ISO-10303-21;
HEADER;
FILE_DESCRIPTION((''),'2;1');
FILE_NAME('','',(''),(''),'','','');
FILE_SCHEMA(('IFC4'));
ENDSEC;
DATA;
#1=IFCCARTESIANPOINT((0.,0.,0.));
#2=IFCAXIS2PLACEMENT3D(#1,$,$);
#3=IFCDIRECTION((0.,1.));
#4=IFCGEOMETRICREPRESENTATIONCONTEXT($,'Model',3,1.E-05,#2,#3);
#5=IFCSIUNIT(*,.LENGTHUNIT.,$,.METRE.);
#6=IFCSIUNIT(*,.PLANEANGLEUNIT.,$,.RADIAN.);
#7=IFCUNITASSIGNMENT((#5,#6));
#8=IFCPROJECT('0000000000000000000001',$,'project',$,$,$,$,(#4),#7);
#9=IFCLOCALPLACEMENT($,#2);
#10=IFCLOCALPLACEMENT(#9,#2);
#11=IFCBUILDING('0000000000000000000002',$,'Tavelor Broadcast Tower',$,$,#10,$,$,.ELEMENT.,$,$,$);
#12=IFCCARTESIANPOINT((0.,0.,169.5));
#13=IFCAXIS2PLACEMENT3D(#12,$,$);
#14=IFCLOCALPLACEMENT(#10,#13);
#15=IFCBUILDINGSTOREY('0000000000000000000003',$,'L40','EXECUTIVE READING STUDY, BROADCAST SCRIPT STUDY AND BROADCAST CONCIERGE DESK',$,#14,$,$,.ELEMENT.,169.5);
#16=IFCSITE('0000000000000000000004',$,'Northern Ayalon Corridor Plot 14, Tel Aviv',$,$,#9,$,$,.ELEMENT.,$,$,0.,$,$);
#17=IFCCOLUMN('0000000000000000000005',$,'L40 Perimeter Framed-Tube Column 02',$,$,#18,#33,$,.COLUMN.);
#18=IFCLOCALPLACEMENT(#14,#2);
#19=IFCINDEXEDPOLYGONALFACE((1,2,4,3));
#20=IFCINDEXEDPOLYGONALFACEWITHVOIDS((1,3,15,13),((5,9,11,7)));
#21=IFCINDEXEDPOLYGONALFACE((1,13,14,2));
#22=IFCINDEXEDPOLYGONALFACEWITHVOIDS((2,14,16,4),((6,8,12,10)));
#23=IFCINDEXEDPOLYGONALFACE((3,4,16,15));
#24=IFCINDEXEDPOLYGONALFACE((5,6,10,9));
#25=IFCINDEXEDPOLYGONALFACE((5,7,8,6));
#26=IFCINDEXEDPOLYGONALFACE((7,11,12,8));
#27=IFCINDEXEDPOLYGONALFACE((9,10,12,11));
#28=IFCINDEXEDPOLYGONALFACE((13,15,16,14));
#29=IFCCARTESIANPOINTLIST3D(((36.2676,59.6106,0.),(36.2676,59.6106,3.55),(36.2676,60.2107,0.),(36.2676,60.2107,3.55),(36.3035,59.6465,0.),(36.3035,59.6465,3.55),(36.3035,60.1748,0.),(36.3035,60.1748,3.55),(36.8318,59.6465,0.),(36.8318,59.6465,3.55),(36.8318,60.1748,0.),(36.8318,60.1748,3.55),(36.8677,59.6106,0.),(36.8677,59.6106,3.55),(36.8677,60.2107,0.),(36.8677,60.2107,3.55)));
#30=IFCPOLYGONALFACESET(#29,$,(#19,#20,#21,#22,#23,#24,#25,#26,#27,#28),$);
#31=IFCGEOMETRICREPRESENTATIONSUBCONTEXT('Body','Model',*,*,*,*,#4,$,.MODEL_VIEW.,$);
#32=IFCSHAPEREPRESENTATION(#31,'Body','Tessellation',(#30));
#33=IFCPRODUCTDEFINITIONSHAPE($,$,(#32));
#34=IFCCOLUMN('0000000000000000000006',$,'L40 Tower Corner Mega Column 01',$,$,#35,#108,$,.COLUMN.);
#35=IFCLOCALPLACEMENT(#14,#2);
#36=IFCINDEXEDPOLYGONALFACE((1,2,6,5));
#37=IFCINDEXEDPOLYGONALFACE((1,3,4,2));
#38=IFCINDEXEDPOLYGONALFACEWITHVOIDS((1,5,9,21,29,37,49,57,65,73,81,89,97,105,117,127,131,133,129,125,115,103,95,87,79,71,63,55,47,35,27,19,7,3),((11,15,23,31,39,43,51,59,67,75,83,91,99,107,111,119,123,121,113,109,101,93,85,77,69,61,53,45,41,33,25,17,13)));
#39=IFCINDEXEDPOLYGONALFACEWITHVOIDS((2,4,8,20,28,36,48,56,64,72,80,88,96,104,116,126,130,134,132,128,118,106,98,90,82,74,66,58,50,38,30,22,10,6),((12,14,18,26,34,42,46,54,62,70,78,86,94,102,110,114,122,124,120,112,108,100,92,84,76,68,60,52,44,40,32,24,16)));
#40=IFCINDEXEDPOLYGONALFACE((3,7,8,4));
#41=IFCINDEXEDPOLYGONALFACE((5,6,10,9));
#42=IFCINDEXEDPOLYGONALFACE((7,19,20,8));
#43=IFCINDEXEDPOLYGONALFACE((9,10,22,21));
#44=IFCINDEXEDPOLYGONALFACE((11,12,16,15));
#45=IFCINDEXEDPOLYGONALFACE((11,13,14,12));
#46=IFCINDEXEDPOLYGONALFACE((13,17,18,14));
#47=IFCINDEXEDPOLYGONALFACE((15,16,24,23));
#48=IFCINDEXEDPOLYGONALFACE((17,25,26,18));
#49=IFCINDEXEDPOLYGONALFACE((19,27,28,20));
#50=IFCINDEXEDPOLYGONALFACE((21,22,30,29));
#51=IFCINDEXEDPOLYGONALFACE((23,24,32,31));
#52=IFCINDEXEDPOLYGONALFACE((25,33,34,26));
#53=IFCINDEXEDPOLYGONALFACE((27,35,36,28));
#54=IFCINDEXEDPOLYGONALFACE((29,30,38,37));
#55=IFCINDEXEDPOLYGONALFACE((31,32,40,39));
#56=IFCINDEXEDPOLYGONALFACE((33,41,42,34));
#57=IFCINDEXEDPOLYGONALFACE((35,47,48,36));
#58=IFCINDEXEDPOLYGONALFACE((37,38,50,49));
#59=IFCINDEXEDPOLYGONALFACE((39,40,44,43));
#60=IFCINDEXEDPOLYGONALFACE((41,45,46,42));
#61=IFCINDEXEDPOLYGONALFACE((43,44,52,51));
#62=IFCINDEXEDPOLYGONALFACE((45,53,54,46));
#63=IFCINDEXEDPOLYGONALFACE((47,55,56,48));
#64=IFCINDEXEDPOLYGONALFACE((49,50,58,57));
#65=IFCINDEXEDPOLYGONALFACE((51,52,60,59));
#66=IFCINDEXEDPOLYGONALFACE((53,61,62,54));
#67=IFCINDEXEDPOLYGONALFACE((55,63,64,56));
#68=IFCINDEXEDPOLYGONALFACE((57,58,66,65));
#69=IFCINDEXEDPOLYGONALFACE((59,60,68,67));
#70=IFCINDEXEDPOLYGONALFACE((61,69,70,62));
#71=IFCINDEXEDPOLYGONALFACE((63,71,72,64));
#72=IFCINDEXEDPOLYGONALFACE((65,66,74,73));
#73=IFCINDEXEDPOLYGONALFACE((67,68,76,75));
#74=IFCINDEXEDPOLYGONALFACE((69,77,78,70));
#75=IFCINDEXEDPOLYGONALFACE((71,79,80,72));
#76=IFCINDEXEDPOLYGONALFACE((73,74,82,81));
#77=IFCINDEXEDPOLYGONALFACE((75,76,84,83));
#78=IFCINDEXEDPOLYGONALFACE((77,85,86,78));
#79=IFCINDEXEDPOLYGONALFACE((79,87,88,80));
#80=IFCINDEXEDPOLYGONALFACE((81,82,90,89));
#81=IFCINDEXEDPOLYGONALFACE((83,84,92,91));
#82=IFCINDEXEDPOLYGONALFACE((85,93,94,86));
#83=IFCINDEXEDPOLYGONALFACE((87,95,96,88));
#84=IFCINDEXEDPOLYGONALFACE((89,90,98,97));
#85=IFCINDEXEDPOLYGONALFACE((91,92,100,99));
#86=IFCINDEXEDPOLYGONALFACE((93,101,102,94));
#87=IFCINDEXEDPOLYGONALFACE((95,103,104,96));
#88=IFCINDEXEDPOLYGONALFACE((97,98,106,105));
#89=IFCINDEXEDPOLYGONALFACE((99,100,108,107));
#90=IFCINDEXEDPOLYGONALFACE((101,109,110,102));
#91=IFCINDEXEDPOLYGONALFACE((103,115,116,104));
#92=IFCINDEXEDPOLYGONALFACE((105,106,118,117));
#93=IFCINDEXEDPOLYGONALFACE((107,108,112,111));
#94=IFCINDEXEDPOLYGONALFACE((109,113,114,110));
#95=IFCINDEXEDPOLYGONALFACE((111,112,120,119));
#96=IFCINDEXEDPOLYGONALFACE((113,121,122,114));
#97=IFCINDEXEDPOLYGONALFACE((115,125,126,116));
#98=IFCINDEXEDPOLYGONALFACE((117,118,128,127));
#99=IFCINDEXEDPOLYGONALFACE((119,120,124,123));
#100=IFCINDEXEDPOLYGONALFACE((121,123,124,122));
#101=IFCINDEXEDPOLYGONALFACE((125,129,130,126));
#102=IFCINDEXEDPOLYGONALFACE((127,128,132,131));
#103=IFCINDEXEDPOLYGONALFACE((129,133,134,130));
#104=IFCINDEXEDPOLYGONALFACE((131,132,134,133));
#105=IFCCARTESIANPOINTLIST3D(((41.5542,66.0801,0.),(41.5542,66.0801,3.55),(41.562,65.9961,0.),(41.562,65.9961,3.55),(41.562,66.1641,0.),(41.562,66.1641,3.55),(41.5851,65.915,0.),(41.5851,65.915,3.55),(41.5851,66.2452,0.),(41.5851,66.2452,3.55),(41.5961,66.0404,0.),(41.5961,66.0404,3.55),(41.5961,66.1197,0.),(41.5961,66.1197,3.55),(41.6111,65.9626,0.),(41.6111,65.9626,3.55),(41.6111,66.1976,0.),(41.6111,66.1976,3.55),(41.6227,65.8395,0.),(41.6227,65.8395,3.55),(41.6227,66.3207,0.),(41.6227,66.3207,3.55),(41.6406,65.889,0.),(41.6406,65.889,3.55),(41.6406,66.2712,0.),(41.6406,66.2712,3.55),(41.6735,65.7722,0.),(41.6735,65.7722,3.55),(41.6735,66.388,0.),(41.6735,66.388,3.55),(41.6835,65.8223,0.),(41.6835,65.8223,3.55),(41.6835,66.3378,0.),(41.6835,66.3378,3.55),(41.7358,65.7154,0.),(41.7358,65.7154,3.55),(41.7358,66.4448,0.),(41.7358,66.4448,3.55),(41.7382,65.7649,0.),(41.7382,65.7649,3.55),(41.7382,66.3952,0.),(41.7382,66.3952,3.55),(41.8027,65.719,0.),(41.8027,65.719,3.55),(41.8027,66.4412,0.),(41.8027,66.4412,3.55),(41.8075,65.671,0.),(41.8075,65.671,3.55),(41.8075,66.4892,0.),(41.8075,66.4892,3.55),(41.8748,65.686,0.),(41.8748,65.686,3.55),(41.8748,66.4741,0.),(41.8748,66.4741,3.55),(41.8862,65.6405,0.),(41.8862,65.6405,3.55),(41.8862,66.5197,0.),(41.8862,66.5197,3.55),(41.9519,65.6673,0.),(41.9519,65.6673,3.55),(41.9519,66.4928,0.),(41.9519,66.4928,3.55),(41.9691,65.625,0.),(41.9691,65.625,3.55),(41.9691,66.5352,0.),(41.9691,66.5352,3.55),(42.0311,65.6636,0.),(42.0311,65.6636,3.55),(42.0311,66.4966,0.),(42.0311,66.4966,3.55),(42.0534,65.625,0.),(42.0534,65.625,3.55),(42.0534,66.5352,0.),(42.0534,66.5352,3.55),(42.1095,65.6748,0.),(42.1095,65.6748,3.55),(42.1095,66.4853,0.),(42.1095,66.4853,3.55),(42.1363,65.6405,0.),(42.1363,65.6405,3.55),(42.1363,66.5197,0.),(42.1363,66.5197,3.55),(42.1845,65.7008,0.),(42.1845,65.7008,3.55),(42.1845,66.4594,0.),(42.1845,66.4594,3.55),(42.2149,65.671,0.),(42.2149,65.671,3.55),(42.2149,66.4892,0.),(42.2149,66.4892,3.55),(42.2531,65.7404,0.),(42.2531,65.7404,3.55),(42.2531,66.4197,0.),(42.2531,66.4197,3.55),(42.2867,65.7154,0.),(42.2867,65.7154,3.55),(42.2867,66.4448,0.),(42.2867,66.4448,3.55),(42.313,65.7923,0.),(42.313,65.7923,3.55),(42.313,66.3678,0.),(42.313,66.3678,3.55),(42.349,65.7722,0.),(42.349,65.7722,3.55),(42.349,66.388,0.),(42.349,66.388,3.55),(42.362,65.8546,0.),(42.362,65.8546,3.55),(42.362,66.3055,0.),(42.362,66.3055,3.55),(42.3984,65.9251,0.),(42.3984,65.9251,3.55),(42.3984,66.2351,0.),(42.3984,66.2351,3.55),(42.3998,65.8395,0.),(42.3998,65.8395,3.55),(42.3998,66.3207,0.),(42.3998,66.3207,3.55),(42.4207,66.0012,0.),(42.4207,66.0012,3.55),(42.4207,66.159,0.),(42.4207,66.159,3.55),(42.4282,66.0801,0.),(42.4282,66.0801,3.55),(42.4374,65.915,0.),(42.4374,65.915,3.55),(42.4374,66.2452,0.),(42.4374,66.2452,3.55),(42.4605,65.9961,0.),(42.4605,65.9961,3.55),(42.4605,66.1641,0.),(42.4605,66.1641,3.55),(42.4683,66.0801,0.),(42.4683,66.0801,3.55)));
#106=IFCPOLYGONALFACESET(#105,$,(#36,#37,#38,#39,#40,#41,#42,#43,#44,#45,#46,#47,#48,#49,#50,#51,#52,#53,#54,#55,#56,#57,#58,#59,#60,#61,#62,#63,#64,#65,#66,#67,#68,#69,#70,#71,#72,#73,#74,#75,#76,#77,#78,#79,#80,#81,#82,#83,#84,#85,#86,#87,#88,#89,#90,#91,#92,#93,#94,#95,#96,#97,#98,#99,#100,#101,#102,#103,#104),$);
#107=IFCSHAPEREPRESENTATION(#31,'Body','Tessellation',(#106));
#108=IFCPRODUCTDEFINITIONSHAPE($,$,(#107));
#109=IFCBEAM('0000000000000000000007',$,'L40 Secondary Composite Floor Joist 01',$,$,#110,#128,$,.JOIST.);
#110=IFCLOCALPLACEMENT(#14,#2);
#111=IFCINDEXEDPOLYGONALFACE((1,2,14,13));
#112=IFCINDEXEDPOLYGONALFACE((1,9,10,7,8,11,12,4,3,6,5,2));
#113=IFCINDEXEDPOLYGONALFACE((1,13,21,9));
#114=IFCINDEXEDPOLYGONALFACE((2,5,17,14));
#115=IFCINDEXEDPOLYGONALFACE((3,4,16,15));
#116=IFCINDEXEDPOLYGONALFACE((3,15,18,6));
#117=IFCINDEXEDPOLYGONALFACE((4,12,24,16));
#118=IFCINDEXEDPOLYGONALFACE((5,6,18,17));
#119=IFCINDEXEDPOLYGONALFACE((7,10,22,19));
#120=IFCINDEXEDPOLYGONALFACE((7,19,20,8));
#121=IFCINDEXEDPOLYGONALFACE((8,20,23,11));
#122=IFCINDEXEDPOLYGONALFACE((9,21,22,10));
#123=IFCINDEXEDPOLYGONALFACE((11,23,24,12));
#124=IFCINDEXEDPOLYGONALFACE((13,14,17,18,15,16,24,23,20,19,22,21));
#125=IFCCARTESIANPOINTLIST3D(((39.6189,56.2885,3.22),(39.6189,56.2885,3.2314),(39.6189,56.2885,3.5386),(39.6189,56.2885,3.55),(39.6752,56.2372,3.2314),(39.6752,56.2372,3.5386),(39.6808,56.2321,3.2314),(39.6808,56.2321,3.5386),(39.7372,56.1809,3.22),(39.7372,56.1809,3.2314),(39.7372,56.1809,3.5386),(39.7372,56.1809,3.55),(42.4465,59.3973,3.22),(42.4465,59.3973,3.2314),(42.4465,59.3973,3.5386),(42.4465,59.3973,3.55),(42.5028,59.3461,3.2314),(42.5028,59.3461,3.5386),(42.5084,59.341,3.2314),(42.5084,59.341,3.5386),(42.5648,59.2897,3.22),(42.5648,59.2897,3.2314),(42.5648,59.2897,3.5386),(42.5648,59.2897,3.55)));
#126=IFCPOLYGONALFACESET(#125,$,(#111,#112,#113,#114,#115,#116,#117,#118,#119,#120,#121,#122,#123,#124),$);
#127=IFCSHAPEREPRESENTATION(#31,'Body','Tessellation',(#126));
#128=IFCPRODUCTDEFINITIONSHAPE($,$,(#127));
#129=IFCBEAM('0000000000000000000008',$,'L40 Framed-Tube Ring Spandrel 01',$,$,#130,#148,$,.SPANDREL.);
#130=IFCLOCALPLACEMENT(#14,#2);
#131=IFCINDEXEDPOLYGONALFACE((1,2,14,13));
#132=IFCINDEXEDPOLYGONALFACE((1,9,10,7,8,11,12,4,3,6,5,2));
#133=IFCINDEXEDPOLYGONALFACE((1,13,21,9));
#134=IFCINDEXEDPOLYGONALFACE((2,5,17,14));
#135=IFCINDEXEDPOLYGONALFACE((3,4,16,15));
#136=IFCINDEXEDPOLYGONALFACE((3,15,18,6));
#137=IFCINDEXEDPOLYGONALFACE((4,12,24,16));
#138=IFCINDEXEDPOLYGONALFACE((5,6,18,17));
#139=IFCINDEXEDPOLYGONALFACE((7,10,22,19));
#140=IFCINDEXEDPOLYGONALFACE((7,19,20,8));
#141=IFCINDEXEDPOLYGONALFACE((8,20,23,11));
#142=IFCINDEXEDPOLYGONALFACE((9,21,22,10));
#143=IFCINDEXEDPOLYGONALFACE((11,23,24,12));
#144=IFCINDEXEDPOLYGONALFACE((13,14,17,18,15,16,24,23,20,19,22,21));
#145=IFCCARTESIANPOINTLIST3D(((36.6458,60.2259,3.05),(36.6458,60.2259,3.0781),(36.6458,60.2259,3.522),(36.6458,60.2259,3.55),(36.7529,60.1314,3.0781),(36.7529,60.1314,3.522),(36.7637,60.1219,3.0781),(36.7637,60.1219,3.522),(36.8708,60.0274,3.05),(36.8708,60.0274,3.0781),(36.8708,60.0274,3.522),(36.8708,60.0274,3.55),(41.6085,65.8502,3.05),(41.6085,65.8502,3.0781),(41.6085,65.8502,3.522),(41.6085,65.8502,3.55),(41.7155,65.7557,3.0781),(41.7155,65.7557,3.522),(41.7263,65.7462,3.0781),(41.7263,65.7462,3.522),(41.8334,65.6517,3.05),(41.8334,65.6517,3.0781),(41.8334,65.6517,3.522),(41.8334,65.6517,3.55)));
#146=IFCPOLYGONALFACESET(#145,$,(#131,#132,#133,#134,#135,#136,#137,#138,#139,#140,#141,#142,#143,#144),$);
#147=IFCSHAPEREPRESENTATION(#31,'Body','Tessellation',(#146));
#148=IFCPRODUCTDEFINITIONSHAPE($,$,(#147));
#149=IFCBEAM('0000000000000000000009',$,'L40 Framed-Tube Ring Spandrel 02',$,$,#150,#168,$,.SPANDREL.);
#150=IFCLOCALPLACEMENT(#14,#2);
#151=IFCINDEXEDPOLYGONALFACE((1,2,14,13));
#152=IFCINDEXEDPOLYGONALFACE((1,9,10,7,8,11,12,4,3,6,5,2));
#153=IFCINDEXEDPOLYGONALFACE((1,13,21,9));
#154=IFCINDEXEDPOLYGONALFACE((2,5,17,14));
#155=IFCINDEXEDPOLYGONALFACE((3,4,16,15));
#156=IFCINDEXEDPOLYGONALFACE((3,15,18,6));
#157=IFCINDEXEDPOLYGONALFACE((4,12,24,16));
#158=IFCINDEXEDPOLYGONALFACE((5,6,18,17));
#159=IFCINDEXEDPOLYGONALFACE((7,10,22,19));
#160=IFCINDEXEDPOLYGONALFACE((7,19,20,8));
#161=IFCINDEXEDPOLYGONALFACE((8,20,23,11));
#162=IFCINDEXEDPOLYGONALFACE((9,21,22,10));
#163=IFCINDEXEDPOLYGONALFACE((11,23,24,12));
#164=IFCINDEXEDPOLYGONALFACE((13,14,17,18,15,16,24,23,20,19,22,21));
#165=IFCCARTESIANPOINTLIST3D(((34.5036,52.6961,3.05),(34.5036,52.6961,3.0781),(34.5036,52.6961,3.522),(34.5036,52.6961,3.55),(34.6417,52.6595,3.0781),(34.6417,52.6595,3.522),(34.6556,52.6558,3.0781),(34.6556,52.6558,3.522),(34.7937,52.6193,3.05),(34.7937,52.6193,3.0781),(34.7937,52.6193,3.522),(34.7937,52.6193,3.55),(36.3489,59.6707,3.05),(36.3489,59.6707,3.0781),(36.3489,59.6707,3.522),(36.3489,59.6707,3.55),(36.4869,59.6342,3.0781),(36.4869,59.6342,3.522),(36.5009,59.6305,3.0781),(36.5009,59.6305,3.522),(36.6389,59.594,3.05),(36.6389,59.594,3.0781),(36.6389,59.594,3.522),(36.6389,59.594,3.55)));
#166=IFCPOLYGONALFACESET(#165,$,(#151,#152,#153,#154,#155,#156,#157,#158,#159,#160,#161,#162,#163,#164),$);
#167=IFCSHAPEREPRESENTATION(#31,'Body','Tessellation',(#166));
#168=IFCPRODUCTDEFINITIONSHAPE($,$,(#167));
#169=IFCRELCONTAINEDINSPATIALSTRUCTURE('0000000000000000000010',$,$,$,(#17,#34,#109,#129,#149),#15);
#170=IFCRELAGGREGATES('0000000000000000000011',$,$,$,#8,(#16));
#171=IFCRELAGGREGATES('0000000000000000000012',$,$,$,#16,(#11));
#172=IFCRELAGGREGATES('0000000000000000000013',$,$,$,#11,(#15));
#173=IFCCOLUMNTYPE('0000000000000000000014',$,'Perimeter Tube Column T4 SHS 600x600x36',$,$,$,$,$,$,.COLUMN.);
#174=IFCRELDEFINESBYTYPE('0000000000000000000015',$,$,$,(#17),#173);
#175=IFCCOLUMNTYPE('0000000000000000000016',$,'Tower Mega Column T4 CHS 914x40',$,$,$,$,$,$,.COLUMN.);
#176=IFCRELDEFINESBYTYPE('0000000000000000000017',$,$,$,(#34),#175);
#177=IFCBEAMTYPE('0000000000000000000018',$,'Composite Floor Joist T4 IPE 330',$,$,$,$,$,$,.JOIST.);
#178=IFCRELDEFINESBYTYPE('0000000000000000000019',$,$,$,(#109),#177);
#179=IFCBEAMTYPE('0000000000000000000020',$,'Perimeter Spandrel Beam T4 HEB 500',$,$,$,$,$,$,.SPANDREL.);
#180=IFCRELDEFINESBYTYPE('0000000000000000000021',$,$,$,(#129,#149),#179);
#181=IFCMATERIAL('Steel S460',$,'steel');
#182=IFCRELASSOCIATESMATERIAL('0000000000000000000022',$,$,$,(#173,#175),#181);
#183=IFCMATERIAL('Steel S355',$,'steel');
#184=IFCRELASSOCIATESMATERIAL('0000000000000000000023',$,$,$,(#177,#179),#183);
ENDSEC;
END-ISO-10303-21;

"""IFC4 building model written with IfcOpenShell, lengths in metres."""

from ifc_helpers import new_model, si_unit, direction, frame, origin, origin_2d, place, context, subcontext, project, spatial, hollow_rectangle, hollow_circle, i_section, extrude, material, material_profile, profile_set, type_object, element, save


model = new_model("IFC4")

# Units and contexts
model_context = context("Model", 3, precision=1e-05, world=origin(), true_north=direction((0.0, 1.0)))
body_context = subcontext(model_context, "Body", "Model", "MODEL_VIEW")
ifc_project = project(units=[si_unit("LENGTHUNIT", "METRE"), si_unit("PLANEANGLEUNIT", "RADIAN")], contexts=[model_context])

# Site, building, storey
site_placement = place(None, origin())
site = spatial("IfcSite", under=ifc_project, at=site_placement, Name="Northern Ayalon Corridor Plot 14, Tel Aviv", CompositionType="ELEMENT", RefElevation=0.0)
building_placement = place(site_placement, origin())
building = spatial("IfcBuilding", under=site, at=building_placement, Name="Tavelor Broadcast Tower", CompositionType="ELEMENT")
storey_placement = place(building_placement, frame((0.0, 0.0, 169.5)))
storey = spatial("IfcBuildingStorey", under=building, at=storey_placement, Name="L40", Description="EXECUTIVE READING STUDY, BROADCAST SCRIPT STUDY AND BROADCAST CONCIERGE DESK", CompositionType="ELEMENT", Elevation=169.5)

# Columns
ifc_material_1 = material(Name="Steel S460", Category="steel")
ifc_material_profile_1 = material_profile(ifc_material_1, hollow_rectangle(XDim=0.6001, YDim=0.6001, WallThickness=0.0359, at=origin_2d()), Name="SHS 600x600x36")
ifc_profile_set_1 = profile_set([ifc_material_profile_1], Name="Steel S460")
column_type_1 = type_object("IfcColumnType", Name="Perimeter Tube Column T4 SHS 600x600x36", PredefinedType="COLUMN", material=ifc_profile_set_1)
column_1_placement = place(storey_placement, frame((36.5676, 59.9106, 0.0), z_axis=(0.0, 0.0, 1.0), x_axis=(1.0, 0.0, 0.0)))
element("IfcColumn", 1, at=column_1_placement, inside=storey, type_object=column_type_1, Name="L40 Perimeter Framed-Tube Column 02", PredefinedType="COLUMN", context=body_context, shape_type="SweptSolid", body=[
    extrude(hollow_rectangle(XDim=0.6001, YDim=0.6001, WallThickness=0.0359, at=origin_2d()), origin(), (0.0, 0.0, 1.0), 3.55),
])
ifc_material_profile_2 = material_profile(ifc_material_1, hollow_circle(Radius=0.457, WallThickness=0.04, at=origin_2d()), Name="CHS 914x40")
ifc_profile_set_2 = profile_set([ifc_material_profile_2], Name="Steel S460")
column_type_2 = type_object("IfcColumnType", Name="Tower Mega Column T4 CHS 914x40", PredefinedType="COLUMN", material=ifc_profile_set_2)
column_2_placement = place(storey_placement, frame((42.0112, 66.0801, 0.0), z_axis=(0.0, 0.0, 1.0), x_axis=(1.0, 0.0, 0.0)))
element("IfcColumn", 2, at=column_2_placement, inside=storey, type_object=column_type_2, Name="L40 Tower Corner Mega Column 01", PredefinedType="COLUMN", context=body_context, shape_type="SweptSolid", body=[
    extrude(hollow_circle(Radius=0.457, WallThickness=0.04, at=origin_2d()), origin(), (0.0, 0.0, 1.0), 3.55),
])

# Beams
ifc_material_2 = material(Name="Steel S355", Category="steel")
ifc_material_profile_3 = material_profile(ifc_material_2, i_section(OverallWidth=0.1599, OverallDepth=0.3301, WebThickness=0.0076, FlangeThickness=0.0115, at=origin_2d()), Name="IPE 330")
ifc_profile_set_3 = profile_set([ifc_material_profile_3], Name="Steel S355")
beam_type_1 = type_object("IfcBeamType", Name="Composite Floor Joist T4 IPE 330", PredefinedType="JOIST", material=ifc_profile_set_3)
beam_1_placement = place(storey_placement, frame((42.5056, 59.3435, 3.385), z_axis=(-0.672852, -0.739777, 0.0), x_axis=(0.739777, -0.672852, 0.0)))
element("IfcBeam", 3, at=beam_1_placement, inside=storey, type_object=beam_type_1, Name="L40 Secondary Composite Floor Joist 01", PredefinedType="JOIST", context=body_context, shape_type="SweptSolid", body=[
    extrude(i_section(OverallWidth=0.1599, OverallDepth=0.3301, WebThickness=0.0076, FlangeThickness=0.0115, at=origin_2d()), origin(), (0.0, 0.0, 1.0), 4.2024),
])
ifc_material_profile_4 = material_profile(ifc_material_2, i_section(OverallWidth=0.3, OverallDepth=0.5, WebThickness=0.0144, FlangeThickness=0.0281, at=origin_2d()), Name="HEB 500")
ifc_profile_set_4 = profile_set([ifc_material_profile_4], Name="Steel S355")
beam_type_2 = type_object("IfcBeamType", Name="Perimeter Spandrel Beam T4 HEB 500", PredefinedType="SPANDREL", material=ifc_profile_set_4)
beam_2_placement = place(storey_placement, frame((41.7209, 65.751, 3.3), z_axis=(-0.661626, -0.749834, 0.0), x_axis=(0.749834, -0.661626, 0.0)))
element("IfcBeam", 4, at=beam_2_placement, inside=storey, type_object=beam_type_2, Name="L40 Framed-Tube Ring Spandrel 01", PredefinedType="SPANDREL", context=body_context, shape_type="SweptSolid", body=[
    extrude(i_section(OverallWidth=0.3, OverallDepth=0.5, WebThickness=0.0144, FlangeThickness=0.0281, at=origin_2d()), origin(), (0.0, 0.0, 1.0), 7.5007),
])
beam_3_placement = place(storey_placement, frame((36.4939, 59.6323, 3.3), z_axis=(-0.255762, -0.96674, 0.0), x_axis=(0.96674, -0.255762, 0.0)))
element("IfcBeam", 5, at=beam_3_placement, inside=storey, type_object=beam_type_2, Name="L40 Framed-Tube Ring Spandrel 02", PredefinedType="SPANDREL", context=body_context, shape_type="SweptSolid", body=[
    extrude(i_section(OverallWidth=0.3, OverallDepth=0.5, WebThickness=0.0144, FlangeThickness=0.0281, at=origin_2d()), origin(), (0.0, 0.0, 1.0), 7.2146),
])

save(model, "model.ifc")
